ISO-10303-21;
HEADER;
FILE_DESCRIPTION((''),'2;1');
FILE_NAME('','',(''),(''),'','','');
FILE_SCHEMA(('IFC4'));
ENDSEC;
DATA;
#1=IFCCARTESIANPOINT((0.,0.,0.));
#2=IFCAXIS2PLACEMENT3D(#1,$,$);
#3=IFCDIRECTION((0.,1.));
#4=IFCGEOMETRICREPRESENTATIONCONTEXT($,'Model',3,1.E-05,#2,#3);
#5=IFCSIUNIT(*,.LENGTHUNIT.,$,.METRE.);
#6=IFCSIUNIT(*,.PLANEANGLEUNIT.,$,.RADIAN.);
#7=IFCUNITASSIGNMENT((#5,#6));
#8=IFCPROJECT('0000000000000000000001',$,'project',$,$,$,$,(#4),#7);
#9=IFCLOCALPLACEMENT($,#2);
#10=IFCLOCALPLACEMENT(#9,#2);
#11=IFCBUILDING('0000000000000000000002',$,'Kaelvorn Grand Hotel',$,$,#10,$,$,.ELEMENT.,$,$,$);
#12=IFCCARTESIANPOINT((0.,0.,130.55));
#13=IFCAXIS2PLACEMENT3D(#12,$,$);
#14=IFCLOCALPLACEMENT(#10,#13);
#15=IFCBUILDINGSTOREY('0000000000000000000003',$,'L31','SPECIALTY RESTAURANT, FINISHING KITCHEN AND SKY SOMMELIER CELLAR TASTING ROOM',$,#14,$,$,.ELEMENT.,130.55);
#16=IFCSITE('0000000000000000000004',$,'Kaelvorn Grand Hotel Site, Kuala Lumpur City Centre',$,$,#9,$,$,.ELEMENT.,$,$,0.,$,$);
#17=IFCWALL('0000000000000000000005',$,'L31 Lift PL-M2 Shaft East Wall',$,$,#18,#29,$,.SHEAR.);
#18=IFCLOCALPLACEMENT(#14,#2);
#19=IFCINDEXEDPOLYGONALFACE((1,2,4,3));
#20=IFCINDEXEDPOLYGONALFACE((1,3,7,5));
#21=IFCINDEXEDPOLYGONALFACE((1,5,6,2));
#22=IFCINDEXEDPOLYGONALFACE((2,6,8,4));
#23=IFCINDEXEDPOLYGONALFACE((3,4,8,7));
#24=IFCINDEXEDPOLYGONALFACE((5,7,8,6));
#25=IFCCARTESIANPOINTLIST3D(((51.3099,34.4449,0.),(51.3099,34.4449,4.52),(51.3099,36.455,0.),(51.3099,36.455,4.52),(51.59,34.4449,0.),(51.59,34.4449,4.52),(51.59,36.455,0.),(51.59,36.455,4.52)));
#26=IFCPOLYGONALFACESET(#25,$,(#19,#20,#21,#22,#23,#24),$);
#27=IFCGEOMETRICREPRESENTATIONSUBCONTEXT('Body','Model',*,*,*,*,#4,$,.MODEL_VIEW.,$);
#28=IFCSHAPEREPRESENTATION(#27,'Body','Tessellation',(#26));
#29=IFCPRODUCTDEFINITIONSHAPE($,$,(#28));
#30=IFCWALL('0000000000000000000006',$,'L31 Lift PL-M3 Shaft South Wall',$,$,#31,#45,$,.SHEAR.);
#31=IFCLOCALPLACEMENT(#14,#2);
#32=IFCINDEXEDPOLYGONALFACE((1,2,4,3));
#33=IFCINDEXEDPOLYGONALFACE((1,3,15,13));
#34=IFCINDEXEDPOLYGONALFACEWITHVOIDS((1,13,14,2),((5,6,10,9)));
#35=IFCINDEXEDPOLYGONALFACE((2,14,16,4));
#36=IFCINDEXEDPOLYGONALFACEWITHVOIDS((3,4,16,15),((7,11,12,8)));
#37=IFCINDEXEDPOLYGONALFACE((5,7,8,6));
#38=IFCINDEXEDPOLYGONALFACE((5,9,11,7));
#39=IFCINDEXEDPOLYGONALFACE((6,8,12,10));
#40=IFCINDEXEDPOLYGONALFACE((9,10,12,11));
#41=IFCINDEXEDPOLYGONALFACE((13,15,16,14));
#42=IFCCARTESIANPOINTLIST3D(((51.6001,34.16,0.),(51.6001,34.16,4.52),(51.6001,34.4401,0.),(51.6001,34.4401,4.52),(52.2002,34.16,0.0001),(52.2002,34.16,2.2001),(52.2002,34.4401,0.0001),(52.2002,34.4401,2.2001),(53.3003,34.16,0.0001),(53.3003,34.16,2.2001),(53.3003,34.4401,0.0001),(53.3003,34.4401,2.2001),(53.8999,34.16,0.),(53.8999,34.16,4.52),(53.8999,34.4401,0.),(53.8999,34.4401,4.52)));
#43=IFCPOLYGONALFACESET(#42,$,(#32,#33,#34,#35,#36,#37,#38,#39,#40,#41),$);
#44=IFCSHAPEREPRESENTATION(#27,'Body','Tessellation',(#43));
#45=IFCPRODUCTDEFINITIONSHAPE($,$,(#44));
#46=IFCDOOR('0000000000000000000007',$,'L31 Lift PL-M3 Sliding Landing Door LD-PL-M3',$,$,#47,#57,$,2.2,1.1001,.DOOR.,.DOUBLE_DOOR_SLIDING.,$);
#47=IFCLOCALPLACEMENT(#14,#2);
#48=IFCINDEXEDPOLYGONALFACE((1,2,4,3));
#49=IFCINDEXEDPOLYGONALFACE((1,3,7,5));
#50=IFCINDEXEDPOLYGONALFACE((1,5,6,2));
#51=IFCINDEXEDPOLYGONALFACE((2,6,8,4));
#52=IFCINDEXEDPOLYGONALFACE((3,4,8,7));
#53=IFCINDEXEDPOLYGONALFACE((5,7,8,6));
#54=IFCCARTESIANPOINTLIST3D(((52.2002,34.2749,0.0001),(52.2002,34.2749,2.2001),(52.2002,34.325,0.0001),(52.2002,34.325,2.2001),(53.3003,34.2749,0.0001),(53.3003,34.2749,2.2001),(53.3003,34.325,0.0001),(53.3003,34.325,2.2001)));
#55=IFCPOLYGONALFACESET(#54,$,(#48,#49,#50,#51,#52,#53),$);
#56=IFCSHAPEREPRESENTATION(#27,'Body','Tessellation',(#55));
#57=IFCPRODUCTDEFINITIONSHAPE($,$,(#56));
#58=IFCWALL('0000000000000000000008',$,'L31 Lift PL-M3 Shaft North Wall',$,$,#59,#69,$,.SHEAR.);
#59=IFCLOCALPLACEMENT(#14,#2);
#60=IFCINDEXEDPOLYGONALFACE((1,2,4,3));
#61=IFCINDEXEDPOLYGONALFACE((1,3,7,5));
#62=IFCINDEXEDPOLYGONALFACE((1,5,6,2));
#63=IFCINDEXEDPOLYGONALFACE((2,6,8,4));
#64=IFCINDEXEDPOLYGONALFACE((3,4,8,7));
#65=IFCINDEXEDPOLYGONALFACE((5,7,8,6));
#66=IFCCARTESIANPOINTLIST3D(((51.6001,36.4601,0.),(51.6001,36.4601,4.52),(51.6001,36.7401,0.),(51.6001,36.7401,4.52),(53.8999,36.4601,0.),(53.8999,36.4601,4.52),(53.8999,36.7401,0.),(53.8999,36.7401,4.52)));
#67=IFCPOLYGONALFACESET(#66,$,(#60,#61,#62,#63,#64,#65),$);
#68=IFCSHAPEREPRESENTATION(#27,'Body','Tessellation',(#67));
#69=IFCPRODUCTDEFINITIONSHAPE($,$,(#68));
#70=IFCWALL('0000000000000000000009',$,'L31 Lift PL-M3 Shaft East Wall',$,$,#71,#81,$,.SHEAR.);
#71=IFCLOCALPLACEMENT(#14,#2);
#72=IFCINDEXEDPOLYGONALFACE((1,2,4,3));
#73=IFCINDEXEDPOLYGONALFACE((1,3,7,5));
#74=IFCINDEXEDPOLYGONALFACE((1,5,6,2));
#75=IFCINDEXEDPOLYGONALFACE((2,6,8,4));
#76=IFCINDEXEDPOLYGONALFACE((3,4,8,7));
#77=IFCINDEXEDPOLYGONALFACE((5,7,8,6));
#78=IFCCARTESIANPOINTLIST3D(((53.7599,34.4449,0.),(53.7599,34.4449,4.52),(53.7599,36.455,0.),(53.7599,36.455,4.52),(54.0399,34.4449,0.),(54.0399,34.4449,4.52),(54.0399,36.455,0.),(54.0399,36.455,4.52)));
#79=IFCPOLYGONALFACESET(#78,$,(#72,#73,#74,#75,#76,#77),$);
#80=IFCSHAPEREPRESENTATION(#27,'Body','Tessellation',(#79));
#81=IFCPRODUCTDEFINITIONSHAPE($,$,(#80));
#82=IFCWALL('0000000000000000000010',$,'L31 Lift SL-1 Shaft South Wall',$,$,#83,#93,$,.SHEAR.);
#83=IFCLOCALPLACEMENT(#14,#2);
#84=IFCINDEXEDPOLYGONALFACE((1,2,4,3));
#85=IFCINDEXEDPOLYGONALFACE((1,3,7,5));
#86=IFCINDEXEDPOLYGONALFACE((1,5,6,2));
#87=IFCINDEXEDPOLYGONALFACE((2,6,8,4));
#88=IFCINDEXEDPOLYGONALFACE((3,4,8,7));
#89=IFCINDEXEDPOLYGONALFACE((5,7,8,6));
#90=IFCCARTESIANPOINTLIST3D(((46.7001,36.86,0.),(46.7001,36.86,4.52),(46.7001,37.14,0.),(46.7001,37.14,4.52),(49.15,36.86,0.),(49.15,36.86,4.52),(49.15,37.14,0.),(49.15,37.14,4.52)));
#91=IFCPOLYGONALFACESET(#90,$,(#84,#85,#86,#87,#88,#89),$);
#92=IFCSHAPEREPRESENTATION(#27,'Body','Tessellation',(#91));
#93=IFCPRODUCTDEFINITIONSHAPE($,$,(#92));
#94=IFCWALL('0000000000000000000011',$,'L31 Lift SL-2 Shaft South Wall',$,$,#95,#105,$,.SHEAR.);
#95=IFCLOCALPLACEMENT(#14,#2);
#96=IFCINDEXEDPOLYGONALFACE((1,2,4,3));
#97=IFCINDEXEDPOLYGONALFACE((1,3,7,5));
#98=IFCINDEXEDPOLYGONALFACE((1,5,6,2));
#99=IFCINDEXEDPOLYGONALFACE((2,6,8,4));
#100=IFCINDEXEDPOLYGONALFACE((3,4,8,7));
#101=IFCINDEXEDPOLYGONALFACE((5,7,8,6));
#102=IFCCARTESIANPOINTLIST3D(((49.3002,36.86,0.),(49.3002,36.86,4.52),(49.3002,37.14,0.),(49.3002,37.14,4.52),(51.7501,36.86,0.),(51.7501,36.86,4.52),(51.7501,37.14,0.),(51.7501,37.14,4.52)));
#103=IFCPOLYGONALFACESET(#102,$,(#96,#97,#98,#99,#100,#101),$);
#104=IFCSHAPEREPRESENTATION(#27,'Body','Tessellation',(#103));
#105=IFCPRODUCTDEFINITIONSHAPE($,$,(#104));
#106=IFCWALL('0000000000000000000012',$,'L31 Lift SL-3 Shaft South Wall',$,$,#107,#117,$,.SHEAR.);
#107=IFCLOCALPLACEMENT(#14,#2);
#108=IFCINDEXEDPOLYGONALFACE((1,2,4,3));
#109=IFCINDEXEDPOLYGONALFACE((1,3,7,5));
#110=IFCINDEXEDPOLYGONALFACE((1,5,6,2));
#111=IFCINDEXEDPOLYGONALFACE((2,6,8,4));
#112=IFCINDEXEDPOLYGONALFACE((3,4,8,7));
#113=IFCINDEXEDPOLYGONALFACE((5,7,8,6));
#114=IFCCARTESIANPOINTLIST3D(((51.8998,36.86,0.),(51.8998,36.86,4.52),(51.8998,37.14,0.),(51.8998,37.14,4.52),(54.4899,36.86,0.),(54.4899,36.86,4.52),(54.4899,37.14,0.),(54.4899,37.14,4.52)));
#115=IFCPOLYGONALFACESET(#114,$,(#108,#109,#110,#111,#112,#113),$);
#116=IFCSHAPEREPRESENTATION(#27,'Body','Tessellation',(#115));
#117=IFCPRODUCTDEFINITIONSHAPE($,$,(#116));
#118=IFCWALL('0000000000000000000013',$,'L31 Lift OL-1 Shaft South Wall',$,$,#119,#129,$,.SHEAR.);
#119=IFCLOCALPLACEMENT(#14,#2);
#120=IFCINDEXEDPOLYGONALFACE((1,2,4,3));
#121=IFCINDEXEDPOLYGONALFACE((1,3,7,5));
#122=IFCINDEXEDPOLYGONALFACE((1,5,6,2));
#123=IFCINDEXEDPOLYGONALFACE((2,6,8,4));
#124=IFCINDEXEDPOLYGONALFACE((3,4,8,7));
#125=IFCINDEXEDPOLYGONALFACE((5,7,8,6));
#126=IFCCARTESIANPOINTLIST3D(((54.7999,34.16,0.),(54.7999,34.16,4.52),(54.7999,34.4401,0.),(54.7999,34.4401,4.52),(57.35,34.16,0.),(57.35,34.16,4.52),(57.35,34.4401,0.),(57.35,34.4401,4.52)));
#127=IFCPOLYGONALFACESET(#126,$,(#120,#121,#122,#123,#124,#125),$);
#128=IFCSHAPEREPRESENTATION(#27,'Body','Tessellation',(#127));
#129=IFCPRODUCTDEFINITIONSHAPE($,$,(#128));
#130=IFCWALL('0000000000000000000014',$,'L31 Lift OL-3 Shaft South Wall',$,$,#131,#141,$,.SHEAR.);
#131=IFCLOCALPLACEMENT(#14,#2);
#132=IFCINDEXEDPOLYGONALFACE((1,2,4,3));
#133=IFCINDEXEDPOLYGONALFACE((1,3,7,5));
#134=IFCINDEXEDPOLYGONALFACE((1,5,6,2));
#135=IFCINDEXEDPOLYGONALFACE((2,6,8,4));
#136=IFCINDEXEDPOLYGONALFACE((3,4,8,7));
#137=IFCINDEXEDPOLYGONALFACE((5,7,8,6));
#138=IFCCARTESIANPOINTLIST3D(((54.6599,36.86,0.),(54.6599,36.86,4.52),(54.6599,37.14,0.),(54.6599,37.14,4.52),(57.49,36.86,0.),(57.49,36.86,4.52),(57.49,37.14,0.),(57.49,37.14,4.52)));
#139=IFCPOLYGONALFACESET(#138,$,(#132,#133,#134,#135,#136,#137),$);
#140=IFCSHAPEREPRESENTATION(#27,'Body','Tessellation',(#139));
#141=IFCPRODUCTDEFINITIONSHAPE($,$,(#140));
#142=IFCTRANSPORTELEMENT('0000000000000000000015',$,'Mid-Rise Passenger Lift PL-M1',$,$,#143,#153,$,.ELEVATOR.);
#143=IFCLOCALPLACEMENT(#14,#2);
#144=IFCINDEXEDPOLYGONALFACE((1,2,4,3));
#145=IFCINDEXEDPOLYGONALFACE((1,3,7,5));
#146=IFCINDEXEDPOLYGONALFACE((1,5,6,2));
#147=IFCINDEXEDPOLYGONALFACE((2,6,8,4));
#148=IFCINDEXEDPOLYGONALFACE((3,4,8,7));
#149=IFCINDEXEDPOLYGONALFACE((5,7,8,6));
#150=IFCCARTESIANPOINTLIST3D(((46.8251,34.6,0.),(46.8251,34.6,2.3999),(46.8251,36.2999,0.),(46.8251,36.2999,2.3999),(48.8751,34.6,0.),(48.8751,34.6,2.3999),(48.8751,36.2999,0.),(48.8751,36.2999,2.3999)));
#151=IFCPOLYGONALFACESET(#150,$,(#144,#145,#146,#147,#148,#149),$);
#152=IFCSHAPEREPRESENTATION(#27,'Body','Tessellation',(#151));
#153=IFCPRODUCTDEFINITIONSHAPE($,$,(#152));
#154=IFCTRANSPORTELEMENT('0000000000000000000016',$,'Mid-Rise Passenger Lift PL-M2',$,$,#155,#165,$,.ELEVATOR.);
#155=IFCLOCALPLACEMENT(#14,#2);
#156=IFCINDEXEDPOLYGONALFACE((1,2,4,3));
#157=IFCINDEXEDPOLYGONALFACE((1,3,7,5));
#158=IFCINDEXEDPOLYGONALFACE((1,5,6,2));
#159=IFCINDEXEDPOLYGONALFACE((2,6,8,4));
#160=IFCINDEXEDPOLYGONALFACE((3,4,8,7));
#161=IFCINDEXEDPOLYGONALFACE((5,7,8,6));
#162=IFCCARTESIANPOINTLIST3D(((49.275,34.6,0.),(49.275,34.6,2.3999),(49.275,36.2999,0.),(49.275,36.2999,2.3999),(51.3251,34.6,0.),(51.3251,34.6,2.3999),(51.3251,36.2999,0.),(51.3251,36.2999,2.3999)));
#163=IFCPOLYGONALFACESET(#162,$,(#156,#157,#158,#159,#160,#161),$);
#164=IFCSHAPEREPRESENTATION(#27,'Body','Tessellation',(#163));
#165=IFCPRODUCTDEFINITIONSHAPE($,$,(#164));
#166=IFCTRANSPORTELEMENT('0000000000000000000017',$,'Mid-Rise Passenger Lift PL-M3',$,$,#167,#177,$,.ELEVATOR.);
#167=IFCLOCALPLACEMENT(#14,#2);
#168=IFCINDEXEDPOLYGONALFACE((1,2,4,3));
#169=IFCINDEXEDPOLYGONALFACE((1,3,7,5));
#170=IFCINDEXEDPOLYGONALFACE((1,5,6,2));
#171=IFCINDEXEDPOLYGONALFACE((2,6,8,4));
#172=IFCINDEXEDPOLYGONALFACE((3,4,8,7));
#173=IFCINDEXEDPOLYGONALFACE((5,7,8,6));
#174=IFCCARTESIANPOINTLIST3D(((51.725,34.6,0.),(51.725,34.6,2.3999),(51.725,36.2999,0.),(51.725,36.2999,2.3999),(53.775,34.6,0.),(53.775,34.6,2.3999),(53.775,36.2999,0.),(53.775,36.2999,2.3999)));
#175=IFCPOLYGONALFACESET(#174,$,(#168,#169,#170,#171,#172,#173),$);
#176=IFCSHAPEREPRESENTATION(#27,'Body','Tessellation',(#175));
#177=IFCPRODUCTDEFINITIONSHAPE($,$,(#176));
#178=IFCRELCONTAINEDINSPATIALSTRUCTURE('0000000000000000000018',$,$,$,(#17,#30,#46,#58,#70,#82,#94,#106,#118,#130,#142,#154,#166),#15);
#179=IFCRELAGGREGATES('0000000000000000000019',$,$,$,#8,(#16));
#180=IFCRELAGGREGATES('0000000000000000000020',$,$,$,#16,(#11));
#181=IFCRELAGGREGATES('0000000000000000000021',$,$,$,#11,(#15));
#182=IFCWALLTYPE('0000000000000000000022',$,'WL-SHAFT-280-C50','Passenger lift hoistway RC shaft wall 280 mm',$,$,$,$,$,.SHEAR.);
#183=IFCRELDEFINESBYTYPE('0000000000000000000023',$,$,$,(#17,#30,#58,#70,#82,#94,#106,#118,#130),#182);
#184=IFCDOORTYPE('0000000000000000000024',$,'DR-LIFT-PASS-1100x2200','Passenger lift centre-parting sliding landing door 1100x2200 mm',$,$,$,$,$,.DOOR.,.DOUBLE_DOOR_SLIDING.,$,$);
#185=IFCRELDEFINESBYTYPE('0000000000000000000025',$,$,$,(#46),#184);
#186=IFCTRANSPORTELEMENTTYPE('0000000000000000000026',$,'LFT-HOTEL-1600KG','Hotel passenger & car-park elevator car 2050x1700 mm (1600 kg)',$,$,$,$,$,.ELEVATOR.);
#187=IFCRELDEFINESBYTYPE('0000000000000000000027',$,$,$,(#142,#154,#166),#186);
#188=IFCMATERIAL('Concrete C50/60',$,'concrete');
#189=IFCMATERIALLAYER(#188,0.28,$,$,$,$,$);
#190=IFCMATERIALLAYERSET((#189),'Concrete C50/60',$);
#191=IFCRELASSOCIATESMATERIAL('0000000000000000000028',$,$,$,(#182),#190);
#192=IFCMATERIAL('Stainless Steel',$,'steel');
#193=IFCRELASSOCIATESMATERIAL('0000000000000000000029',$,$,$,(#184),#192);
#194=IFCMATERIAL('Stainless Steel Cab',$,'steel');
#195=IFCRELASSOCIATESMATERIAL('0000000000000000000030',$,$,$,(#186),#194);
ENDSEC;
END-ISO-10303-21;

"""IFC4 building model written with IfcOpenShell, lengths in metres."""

from ifc_helpers import new_model, si_unit, direction, frame, frame_2d, origin, origin_2d, place, context, subcontext, project, spatial, rectangle, extrude, material, layer, layer_set, type_object, element, fill, save


model = new_model("IFC4")

# Units and contexts
model_context = context("Model", 3, precision=1e-05, world=origin(), true_north=direction((0.0, 1.0)))
body_context = subcontext(model_context, "Body", "Model", "MODEL_VIEW")
ifc_project = project(units=[si_unit("LENGTHUNIT", "METRE"), si_unit("PLANEANGLEUNIT", "RADIAN")], contexts=[model_context])

# Site, building, storey
site_placement = place(None, origin())
site = spatial("IfcSite", under=ifc_project, at=site_placement, Name="Kaelvorn Grand Hotel Site, Kuala Lumpur City Centre", CompositionType="ELEMENT", RefElevation=0.0)
building_placement = place(site_placement, origin())
building = spatial("IfcBuilding", under=site, at=building_placement, Name="Kaelvorn Grand Hotel", CompositionType="ELEMENT")
storey_placement = place(building_placement, frame((0.0, 0.0, 130.55)))
storey = spatial("IfcBuildingStorey", under=building, at=storey_placement, Name="L31", Description="SPECIALTY RESTAURANT, FINISHING KITCHEN AND SKY SOMMELIER CELLAR TASTING ROOM", CompositionType="ELEMENT", Elevation=130.55)

# Shared definitions
ifc_material_1 = material(Name="Concrete C50/60", Category="concrete")
ifc_layer_1 = layer(ifc_material_1, 0.28)
ifc_layer_set_1 = layer_set([ifc_layer_1], Name="Concrete C50/60")
wall_type_1 = type_object("IfcWallType", Name="WL-SHAFT-280-C50", Description="Passenger lift hoistway RC shaft wall 280 mm", PredefinedType="SHEAR", material=ifc_layer_set_1)
ifc_material_2 = material(Name="Stainless Steel", Category="steel")
door_type = type_object("IfcDoorType", Name="DR-LIFT-PASS-1100x2200", Description="Passenger lift centre-parting sliding landing door 1100x2200 mm", OperationType="DOUBLE_DOOR_SLIDING", PredefinedType="DOOR", material=ifc_material_2)

# Wall
wall_1_placement = place(storey_placement, frame((51.45, 34.4451, 0.0), z_axis=(0.0, 0.0, 1.0), x_axis=(0.0, 1.0, 0.0)))
element("IfcWall", 1, at=wall_1_placement, inside=storey, type_object=wall_type_1, Name="L31 Lift PL-M2 Shaft East Wall", PredefinedType="SHEAR", context=body_context, shape_type="SweptSolid", body=[
    extrude(rectangle(XDim=2.01, YDim=0.28, at=frame_2d((1.0049, 0.0))), origin(), (0.0, 0.0, 1.0), 4.52),
])

# Wall, opening, door
wall_2_placement = place(storey_placement, frame((51.6001, 34.3, 0.0), z_axis=(0.0, 0.0, 1.0), x_axis=(1.0, 0.0, 0.0)))
wall_2 = element("IfcWall", 2, at=wall_2_placement, inside=storey, type_object=wall_type_1, Name="L31 Lift PL-M3 Shaft South Wall", PredefinedType="SHEAR", context=body_context, shape_type="SweptSolid", body=[
    extrude(rectangle(XDim=2.2998, YDim=0.28, at=frame_2d((1.1499, 0.0))), origin(), (0.0, 0.0, 1.0), 4.52),
])
opening_1_placement = place(wall_2_placement, frame((0.6001, 0.0, 0.0)))
opening_1 = element("IfcOpeningElement", 3, at=opening_1_placement, cuts=wall_2, PredefinedType="OPENING", context=body_context, shape_type="SweptSolid", body=[
    extrude(rectangle(XDim=1.1001, YDim=2.2, at=frame_2d((0.55, 1.1001))), frame((0.0, 0.1499, 0.0), z_axis=(0.0, -1.0, 0.0), x_axis=(1.0, 0.0, 0.0)), (0.0, 0.0, 1.0), 0.3),
])
door_1_placement = place(opening_1_placement, origin())
door_1 = element("IfcDoor", 4, at=door_1_placement, inside=storey, type_object=door_type, Name="L31 Lift PL-M3 Sliding Landing Door LD-PL-M3", OperationType="DOUBLE_DOOR_SLIDING", OverallHeight=2.2, OverallWidth=1.1001, PredefinedType="DOOR", context=body_context, shape_type="SweptSolid", body=[
    extrude(rectangle(XDim=1.1001, YDim=2.2, at=frame_2d((0.55, 1.1001))), frame((0.0, 0.0249, 0.0), z_axis=(0.0, -1.0, 0.0), x_axis=(1.0, 0.0, 0.0)), (0.0, 0.0, 1.0), 0.05),
])
fill(opening_1, door_1)

# Walls
wall_3_placement = place(storey_placement, frame((51.6001, 36.6001, 0.0), z_axis=(0.0, 0.0, 1.0), x_axis=(1.0, 0.0, 0.0)))
element("IfcWall", 5, at=wall_3_placement, inside=storey, type_object=wall_type_1, Name="L31 Lift PL-M3 Shaft North Wall", PredefinedType="SHEAR", context=body_context, shape_type="SweptSolid", body=[
    extrude(rectangle(XDim=2.2998, YDim=0.28, at=frame_2d((1.1499, 0.0))), origin(), (0.0, 0.0, 1.0), 4.52),
])
wall_4_placement = place(storey_placement, frame((53.8999, 34.4451, 0.0), z_axis=(0.0, 0.0, 1.0), x_axis=(0.0, 1.0, 0.0)))
element("IfcWall", 6, at=wall_4_placement, inside=storey, type_object=wall_type_1, Name="L31 Lift PL-M3 Shaft East Wall", PredefinedType="SHEAR", context=body_context, shape_type="SweptSolid", body=[
    extrude(rectangle(XDim=2.01, YDim=0.28, at=frame_2d((1.0049, 0.0))), origin(), (0.0, 0.0, 1.0), 4.52),
])
for number, where, z_axis, x_axis, name in (
    (7, (46.7, 37.0, 0.0), (0.0, 0.0, 1.0), (1.0, 0.0, 0.0), "L31 Lift SL-1 Shaft South Wall"),
    (8, (49.3, 37.0, 0.0), (0.0, 0.0, 1.0), (1.0, 0.0, 0.0), "L31 Lift SL-2 Shaft South Wall"),
):
    element("IfcWall", number, at=place(storey_placement, frame(where, z_axis=z_axis, x_axis=x_axis)), inside=storey, type_object=wall_type_1, Name=name, PredefinedType="SHEAR", context=body_context, shape_type="SweptSolid", body=[
        extrude(rectangle(XDim=2.45, YDim=0.28, at=frame_2d((1.2251, 0.0))), origin(), (0.0, 0.0, 1.0), 4.52),
    ])
wall_5_placement = place(storey_placement, frame((51.8999, 37.0, 0.0), z_axis=(0.0, 0.0, 1.0), x_axis=(1.0, 0.0, 0.0)))
element("IfcWall", 9, at=wall_5_placement, inside=storey, type_object=wall_type_1, Name="L31 Lift SL-3 Shaft South Wall", PredefinedType="SHEAR", context=body_context, shape_type="SweptSolid", body=[
    extrude(rectangle(XDim=2.5901, YDim=0.28, at=frame_2d((1.2949, 0.0))), origin(), (0.0, 0.0, 1.0), 4.52),
])
wall_6_placement = place(storey_placement, frame((54.8, 34.3, 0.0), z_axis=(0.0, 0.0, 1.0), x_axis=(1.0, 0.0, 0.0)))
element("IfcWall", 10, at=wall_6_placement, inside=storey, type_object=wall_type_1, Name="L31 Lift OL-1 Shaft South Wall", PredefinedType="SHEAR", context=body_context, shape_type="SweptSolid", body=[
    extrude(rectangle(XDim=2.55, YDim=0.28, at=frame_2d((1.2749, 0.0))), origin(), (0.0, 0.0, 1.0), 4.52),
])
wall_7_placement = place(storey_placement, frame((54.6599, 37.0, 0.0), z_axis=(0.0, 0.0, 1.0), x_axis=(1.0, 0.0, 0.0)))
element("IfcWall", 11, at=wall_7_placement, inside=storey, type_object=wall_type_1, Name="L31 Lift OL-3 Shaft South Wall", PredefinedType="SHEAR", context=body_context, shape_type="SweptSolid", body=[
    extrude(rectangle(XDim=2.8301, YDim=0.28, at=frame_2d((1.415, 0.0))), origin(), (0.0, 0.0, 1.0), 4.52),
])

# Transport elements
ifc_material_3 = material(Name="Stainless Steel Cab", Category="steel")
transport_element_type = type_object("IfcTransportElementType", Name="LFT-HOTEL-1600KG", Description="Hotel passenger & car-park elevator car 2050x1700 mm (1600 kg)", PredefinedType="ELEVATOR", material=ifc_material_3)
for number, where, z_axis, x_axis, name in (
    (12, (47.8501, 35.45, 0.0), (0.0, 0.0, 1.0), (1.0, 0.0, 0.0), "Mid-Rise Passenger Lift PL-M1"),
    (13, (50.3, 35.45, 0.0), (0.0, 0.0, 1.0), (1.0, 0.0, 0.0), "Mid-Rise Passenger Lift PL-M2"),
    (14, (52.75, 35.45, 0.0), (0.0, 0.0, 1.0), (1.0, 0.0, 0.0), "Mid-Rise Passenger Lift PL-M3"),
):
    element("IfcTransportElement", number, at=place(storey_placement, frame(where, z_axis=z_axis, x_axis=x_axis)), inside=storey, type_object=transport_element_type, Name=name, PredefinedType="ELEVATOR", context=body_context, shape_type="SweptSolid", body=[
        extrude(rectangle(XDim=2.05, YDim=1.7, at=origin_2d()), origin(), (0.0, 0.0, 1.0), 2.3999),
    ])

save(model, "model.ifc")
